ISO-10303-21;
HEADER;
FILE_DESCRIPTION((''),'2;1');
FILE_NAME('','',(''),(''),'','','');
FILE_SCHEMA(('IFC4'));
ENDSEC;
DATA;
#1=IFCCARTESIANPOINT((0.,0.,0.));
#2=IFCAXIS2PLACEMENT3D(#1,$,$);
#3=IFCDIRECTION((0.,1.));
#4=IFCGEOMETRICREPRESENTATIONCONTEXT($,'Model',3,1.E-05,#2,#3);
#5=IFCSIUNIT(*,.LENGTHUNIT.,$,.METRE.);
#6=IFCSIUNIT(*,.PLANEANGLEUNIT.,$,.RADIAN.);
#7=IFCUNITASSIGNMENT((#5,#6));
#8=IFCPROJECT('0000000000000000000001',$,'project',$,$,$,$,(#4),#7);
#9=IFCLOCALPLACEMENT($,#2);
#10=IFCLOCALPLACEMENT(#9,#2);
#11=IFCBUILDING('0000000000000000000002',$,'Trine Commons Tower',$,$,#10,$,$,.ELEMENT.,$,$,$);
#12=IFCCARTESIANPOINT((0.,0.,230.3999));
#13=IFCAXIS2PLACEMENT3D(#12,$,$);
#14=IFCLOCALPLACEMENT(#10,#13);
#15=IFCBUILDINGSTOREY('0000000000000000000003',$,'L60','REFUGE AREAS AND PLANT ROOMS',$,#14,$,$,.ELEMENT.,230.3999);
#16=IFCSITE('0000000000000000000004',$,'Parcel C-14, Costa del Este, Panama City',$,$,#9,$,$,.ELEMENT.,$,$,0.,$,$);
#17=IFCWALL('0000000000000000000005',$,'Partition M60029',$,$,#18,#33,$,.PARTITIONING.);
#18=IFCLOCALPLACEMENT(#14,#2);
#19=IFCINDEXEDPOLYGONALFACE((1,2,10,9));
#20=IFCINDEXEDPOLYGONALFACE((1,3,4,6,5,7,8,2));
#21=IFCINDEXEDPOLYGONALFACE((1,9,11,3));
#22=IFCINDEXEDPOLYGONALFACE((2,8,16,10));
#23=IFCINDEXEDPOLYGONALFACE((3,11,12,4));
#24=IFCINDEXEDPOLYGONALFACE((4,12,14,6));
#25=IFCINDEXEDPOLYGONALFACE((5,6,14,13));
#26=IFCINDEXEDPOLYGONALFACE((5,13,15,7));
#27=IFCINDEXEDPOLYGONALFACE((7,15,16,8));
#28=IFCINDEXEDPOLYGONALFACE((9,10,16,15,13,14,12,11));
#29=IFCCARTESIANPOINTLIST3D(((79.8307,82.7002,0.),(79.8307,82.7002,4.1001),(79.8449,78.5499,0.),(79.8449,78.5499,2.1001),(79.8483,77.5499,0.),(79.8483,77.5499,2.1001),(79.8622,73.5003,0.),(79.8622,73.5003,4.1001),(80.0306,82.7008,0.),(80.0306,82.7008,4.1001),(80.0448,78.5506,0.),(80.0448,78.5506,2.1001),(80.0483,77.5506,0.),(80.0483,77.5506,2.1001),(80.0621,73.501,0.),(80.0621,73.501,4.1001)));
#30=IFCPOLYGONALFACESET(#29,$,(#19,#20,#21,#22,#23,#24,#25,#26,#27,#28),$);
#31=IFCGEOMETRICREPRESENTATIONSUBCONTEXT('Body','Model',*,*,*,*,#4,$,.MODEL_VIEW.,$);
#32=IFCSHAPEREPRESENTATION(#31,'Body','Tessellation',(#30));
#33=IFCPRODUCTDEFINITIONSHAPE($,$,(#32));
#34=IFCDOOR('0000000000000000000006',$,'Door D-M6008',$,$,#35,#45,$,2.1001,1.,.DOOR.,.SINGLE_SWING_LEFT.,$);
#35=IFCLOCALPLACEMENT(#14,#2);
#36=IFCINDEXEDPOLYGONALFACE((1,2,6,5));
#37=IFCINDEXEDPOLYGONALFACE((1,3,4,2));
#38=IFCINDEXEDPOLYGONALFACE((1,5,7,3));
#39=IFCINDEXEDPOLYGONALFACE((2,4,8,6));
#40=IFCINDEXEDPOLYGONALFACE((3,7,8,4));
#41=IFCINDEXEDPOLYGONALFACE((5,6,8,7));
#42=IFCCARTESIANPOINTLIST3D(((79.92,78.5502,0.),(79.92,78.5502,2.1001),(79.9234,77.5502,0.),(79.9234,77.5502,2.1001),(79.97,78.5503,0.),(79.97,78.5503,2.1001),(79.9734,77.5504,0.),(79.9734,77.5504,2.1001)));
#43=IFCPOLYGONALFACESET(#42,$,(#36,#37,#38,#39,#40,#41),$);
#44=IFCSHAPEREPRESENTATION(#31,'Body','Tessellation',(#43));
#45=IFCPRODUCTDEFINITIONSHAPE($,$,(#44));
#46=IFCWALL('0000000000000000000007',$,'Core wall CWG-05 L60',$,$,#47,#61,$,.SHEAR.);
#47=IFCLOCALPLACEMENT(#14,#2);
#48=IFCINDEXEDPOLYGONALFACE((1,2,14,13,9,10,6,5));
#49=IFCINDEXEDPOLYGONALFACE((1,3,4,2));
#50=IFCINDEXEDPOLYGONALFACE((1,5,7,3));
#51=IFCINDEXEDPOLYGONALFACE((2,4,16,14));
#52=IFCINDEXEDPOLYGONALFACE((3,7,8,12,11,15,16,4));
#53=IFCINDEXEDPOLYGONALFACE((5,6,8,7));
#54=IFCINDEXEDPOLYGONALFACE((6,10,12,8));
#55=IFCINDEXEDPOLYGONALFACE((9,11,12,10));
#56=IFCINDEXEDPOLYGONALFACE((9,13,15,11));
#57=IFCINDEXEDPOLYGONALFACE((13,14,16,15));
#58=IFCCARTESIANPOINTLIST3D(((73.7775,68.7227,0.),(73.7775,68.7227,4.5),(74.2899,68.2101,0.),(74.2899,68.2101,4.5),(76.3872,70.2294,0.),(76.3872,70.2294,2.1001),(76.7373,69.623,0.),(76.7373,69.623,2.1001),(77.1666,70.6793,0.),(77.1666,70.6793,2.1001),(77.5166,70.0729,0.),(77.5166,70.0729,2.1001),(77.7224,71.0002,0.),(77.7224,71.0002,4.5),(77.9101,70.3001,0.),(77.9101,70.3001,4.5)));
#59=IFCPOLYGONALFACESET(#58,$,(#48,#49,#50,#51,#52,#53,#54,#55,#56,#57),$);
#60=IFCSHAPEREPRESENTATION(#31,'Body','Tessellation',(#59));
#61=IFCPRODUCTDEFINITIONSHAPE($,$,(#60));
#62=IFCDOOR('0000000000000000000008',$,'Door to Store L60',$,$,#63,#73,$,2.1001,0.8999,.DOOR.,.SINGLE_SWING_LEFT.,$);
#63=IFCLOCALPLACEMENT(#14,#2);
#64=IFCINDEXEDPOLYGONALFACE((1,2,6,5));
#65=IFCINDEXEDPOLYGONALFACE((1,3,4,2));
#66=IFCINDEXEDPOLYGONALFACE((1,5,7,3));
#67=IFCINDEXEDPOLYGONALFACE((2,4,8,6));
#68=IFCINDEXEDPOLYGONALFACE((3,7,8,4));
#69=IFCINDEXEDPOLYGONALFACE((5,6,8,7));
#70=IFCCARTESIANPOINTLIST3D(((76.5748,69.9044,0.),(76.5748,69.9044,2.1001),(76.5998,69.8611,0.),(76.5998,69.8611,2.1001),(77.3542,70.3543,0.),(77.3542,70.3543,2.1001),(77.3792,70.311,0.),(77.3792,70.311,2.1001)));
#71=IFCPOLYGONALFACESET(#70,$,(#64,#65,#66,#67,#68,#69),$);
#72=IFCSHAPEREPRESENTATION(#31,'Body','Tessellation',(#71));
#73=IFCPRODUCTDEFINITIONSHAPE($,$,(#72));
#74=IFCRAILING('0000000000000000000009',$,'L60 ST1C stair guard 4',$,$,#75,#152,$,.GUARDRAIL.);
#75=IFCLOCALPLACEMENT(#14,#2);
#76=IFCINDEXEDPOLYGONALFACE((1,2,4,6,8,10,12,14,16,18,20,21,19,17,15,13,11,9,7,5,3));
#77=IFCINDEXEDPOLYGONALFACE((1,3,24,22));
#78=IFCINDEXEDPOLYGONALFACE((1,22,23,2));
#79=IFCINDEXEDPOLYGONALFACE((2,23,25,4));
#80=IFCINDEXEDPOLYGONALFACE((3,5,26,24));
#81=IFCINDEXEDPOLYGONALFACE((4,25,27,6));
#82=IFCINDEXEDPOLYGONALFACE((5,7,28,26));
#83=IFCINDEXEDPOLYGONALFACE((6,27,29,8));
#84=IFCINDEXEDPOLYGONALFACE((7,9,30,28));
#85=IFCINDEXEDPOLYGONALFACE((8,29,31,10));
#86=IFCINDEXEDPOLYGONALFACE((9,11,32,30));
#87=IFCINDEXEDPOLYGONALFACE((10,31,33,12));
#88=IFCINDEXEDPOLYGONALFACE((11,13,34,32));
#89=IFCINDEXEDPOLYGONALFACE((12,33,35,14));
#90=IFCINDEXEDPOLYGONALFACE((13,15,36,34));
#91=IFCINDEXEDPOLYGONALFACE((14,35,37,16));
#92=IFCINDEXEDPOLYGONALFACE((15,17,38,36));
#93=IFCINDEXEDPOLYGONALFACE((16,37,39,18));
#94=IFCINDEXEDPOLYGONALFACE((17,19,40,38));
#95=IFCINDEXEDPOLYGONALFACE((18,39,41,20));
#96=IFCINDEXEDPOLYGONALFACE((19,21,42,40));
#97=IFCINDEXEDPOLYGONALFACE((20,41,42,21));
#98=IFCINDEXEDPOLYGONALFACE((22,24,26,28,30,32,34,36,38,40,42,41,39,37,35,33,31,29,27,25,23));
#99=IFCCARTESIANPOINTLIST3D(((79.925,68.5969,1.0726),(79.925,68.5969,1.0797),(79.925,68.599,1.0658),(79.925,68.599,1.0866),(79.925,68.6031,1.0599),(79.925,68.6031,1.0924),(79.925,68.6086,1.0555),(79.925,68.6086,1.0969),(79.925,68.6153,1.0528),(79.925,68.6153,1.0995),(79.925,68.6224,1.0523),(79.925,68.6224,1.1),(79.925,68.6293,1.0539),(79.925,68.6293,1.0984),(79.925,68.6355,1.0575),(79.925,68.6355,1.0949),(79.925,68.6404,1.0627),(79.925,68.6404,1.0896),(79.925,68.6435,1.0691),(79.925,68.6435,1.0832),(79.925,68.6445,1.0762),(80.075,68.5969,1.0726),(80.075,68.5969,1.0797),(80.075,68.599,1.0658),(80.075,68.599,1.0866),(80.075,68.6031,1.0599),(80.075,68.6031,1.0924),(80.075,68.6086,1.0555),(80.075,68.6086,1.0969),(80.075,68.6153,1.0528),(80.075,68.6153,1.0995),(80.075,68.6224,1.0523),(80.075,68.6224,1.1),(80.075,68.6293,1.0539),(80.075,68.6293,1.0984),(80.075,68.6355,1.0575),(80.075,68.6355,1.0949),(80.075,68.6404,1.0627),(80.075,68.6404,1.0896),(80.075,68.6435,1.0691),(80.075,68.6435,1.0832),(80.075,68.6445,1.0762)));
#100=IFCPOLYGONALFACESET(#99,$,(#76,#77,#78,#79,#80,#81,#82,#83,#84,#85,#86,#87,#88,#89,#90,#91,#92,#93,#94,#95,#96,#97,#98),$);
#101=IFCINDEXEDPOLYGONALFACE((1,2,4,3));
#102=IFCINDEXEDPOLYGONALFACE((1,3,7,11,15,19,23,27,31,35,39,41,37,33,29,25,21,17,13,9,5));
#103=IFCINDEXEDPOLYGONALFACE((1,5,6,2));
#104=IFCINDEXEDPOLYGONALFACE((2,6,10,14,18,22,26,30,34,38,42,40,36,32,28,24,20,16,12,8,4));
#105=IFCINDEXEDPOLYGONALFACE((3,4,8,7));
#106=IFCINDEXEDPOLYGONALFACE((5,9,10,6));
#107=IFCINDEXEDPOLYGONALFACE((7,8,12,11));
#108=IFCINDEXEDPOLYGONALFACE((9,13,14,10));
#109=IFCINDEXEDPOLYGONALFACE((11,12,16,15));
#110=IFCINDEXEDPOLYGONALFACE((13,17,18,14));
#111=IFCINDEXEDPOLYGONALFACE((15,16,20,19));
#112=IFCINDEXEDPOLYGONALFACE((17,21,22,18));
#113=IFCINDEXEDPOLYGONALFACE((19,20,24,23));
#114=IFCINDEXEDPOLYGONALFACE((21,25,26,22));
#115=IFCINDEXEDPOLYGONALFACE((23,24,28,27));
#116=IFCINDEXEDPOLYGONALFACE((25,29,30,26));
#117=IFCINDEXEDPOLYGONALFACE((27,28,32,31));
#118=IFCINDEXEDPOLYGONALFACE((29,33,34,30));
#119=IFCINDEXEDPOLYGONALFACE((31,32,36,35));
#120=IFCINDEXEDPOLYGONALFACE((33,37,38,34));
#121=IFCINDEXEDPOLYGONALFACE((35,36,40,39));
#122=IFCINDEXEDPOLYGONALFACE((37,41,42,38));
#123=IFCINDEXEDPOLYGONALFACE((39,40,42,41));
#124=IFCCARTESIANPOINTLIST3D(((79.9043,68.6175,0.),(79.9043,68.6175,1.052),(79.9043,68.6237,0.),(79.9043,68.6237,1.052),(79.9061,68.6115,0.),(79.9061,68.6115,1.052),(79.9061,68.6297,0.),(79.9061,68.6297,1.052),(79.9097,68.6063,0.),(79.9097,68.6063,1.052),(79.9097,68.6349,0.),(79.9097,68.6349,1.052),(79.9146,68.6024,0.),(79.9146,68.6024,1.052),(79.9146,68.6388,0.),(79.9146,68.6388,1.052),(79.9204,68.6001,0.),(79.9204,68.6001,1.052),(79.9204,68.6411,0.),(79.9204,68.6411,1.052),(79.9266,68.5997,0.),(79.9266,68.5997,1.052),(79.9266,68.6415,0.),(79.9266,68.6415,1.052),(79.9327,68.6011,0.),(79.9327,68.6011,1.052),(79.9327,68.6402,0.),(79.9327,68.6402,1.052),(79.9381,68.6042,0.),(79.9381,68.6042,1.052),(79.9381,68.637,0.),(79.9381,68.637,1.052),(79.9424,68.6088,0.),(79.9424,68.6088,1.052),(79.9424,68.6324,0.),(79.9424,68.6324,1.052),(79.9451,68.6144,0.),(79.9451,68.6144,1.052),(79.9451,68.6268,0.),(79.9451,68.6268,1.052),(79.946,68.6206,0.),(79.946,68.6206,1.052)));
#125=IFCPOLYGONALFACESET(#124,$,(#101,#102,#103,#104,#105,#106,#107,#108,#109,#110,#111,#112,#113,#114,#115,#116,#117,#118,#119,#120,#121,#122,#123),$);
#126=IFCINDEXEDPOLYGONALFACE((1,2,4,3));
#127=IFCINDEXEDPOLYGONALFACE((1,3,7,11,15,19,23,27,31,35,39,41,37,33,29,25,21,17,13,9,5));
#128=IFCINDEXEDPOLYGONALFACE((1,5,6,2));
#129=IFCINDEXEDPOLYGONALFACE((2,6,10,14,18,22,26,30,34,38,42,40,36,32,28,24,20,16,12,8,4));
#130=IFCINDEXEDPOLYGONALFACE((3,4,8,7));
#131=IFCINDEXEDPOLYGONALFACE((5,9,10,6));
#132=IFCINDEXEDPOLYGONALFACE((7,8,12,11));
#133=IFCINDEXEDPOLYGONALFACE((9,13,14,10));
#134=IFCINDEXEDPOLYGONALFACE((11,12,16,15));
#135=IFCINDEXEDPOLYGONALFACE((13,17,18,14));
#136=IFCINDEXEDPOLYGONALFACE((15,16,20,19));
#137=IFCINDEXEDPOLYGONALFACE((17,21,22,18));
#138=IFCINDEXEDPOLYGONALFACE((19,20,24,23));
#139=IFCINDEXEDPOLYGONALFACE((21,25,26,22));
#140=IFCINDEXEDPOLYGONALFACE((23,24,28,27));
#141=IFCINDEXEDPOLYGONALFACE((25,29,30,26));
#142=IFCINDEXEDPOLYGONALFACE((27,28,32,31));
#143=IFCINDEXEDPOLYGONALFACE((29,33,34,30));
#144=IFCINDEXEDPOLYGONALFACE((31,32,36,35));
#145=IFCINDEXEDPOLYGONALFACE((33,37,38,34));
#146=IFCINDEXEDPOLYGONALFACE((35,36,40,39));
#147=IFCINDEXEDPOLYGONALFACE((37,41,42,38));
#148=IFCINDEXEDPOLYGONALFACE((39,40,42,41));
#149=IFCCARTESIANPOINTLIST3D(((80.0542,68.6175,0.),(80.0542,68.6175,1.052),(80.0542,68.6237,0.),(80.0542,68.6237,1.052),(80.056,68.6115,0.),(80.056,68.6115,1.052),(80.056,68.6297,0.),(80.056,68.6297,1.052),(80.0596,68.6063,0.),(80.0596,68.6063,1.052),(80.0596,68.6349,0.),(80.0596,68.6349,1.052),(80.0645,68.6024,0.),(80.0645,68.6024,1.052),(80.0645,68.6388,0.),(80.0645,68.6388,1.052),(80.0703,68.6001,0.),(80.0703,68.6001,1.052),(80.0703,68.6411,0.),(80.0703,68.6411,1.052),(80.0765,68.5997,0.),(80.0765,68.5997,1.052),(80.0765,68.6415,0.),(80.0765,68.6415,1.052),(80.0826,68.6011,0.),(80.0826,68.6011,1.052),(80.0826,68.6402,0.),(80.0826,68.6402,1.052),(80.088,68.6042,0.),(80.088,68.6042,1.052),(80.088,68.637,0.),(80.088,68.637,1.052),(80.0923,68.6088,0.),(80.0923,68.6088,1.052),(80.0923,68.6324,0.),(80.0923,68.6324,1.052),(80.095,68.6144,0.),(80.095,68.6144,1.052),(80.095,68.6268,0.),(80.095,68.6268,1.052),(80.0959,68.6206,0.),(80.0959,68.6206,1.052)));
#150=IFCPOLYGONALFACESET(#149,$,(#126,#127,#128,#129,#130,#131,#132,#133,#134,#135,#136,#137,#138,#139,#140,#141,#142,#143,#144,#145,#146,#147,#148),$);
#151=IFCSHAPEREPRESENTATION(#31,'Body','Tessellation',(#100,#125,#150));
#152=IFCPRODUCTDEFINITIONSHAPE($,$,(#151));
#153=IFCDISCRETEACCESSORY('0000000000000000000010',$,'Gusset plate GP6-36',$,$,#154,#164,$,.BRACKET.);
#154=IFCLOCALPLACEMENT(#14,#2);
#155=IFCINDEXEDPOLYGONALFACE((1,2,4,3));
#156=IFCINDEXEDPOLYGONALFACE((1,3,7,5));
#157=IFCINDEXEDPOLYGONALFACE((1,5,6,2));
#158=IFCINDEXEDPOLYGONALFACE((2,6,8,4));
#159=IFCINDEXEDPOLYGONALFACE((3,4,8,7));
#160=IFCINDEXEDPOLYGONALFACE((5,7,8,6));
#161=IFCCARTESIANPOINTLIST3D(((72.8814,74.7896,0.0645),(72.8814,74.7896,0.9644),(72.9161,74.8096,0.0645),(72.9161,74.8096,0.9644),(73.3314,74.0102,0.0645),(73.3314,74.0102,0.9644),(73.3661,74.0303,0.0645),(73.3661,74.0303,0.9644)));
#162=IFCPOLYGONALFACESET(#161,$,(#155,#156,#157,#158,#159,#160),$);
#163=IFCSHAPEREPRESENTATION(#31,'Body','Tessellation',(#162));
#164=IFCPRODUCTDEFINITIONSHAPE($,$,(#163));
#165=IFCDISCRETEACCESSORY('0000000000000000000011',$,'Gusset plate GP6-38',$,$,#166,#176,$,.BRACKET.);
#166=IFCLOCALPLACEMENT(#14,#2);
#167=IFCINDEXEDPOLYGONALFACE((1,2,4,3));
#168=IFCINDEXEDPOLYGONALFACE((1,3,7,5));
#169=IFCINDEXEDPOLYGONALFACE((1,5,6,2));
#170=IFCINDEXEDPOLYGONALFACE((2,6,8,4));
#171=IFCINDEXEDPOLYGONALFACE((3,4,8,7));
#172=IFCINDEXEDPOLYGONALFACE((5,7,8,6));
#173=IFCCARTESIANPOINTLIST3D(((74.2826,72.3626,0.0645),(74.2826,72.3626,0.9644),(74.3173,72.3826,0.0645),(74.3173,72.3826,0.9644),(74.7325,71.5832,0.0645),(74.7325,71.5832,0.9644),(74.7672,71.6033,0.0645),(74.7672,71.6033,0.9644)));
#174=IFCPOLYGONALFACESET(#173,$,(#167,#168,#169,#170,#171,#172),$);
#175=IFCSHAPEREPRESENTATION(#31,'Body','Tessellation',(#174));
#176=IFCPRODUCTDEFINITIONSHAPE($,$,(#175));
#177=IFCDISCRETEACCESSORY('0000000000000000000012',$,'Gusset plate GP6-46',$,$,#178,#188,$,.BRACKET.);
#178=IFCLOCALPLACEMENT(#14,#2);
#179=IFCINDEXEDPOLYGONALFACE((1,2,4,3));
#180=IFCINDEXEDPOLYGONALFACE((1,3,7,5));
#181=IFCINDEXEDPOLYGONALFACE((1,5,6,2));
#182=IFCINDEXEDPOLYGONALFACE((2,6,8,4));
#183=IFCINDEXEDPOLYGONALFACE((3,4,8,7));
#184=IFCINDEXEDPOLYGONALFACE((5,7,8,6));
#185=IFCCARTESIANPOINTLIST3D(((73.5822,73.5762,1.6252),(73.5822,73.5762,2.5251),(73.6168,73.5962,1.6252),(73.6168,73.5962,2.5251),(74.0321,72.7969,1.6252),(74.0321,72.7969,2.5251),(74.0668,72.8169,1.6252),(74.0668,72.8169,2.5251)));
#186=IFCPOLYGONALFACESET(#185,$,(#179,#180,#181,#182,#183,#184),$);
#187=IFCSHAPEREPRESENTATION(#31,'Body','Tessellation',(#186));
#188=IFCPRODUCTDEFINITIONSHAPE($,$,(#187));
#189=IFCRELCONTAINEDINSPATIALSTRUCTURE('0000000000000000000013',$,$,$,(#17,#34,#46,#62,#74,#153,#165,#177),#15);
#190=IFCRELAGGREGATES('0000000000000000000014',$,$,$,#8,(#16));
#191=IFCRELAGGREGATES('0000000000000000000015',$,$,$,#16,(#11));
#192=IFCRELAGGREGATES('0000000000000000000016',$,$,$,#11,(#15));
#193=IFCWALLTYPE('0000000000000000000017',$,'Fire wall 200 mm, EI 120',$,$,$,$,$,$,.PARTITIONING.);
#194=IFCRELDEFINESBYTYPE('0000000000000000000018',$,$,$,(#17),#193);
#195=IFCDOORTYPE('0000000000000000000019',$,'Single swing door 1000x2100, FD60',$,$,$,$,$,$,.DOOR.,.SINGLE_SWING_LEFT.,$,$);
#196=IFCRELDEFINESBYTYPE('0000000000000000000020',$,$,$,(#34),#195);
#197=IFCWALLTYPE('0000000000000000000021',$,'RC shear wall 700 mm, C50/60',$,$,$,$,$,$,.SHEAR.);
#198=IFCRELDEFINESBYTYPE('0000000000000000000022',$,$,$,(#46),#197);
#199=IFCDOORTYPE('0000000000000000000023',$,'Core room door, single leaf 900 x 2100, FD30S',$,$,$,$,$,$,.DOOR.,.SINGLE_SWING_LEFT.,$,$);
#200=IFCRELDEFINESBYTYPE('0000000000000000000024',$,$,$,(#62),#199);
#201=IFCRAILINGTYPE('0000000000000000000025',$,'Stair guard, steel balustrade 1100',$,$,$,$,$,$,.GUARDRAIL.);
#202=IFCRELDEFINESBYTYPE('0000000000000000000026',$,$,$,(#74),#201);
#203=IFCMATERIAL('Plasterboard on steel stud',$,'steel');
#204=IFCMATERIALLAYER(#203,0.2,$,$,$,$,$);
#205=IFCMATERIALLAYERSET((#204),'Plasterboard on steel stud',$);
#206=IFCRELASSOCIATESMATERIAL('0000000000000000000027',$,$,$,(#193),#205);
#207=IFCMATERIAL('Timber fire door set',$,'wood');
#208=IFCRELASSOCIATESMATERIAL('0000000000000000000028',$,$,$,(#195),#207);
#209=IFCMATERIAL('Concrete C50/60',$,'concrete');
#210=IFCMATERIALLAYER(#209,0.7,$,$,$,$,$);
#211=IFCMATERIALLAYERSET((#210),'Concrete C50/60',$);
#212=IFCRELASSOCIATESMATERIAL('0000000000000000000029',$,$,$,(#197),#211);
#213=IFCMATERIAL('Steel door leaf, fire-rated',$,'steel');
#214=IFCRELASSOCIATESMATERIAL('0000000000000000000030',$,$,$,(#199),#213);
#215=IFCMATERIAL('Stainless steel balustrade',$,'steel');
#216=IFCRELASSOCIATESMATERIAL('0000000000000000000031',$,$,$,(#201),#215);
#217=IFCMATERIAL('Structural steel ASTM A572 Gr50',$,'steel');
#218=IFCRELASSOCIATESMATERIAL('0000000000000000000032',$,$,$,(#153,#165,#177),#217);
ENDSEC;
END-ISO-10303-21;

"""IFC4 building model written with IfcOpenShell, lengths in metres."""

from ifc_helpers import new_model, si_unit, direction, frame, frame_2d, origin, origin_2d, place, context, subcontext, project, spatial, polyline, rectangle, circle, outline, extrude, material, layer, layer_set, type_object, element, fill, save


model = new_model("IFC4")

# Units and contexts
model_context = context("Model", 3, precision=1e-05, world=origin(), true_north=direction((0.0, 1.0)))
body_context = subcontext(model_context, "Body", "Model", "MODEL_VIEW")
ifc_project = project(units=[si_unit("LENGTHUNIT", "METRE"), si_unit("PLANEANGLEUNIT", "RADIAN")], contexts=[model_context])

# Site, building, storey
site_placement = place(None, origin())
site = spatial("IfcSite", under=ifc_project, at=site_placement, Name="Parcel C-14, Costa del Este, Panama City", CompositionType="ELEMENT", RefElevation=0.0)
building_placement = place(site_placement, origin())
building = spatial("IfcBuilding", under=site, at=building_placement, Name="Trine Commons Tower", CompositionType="ELEMENT")
storey_placement = place(building_placement, frame((0.0, 0.0, 230.3999)))
storey = spatial("IfcBuildingStorey", under=building, at=storey_placement, Name="L60", Description="REFUGE AREAS AND PLANT ROOMS", CompositionType="ELEMENT", Elevation=230.3999)

# Shared definitions
ifc_material_1 = material(Name="Plasterboard on steel stud", Category="steel")
ifc_layer_1 = layer(ifc_material_1, 0.2)
ifc_layer_set_1 = layer_set([ifc_layer_1], Name="Plasterboard on steel stud")
wall_type_1 = type_object("IfcWallType", Name="Fire wall 200 mm, EI 120", PredefinedType="PARTITIONING", material=ifc_layer_set_1)
ifc_material_2 = material(Name="Timber fire door set", Category="wood")

# Walls, openings, doors
wall_1_placement = place(storey_placement, frame((79.9622, 73.5005, 0.0), z_axis=(0.0, 0.0, 1.0), x_axis=(-0.003423, 0.999994, 0.0)))
wall_1 = element("IfcWall", 1, at=wall_1_placement, inside=storey, type_object=wall_type_1, Name="Partition M60029", PredefinedType="PARTITIONING", context=body_context, shape_type="SweptSolid", body=[
    extrude(rectangle(XDim=9.2, YDim=0.2, at=frame_2d((4.6001, 0.0))), origin(), (0.0, 0.0, 1.0), 4.1001),
])
opening_1_placement = place(wall_1_placement, frame((4.0498, 0.0, 0.0)))
opening_1 = element("IfcOpeningElement", 2, at=opening_1_placement, cuts=wall_1, PredefinedType="OPENING", context=body_context, shape_type="SweptSolid", body=[
    extrude(rectangle(XDim=1.0, YDim=2.1001, at=frame_2d((0.5, 1.05))), frame((0.0, 0.1099, 0.0), z_axis=(0.0, -1.0, 0.0), x_axis=(1.0, 0.0, 0.0)), (0.0, 0.0, 1.0), 0.22),
])
door_type_1 = type_object("IfcDoorType", Name="Single swing door 1000x2100, FD60", OperationType="SINGLE_SWING_LEFT", PredefinedType="DOOR", material=ifc_material_2)
door_1_placement = place(opening_1_placement, origin())
door_1 = element("IfcDoor", 3, at=door_1_placement, inside=storey, type_object=door_type_1, Name="Door D-M6008", OperationType="SINGLE_SWING_LEFT", OverallHeight=2.1001, OverallWidth=1.0, PredefinedType="DOOR", context=body_context, shape_type="SweptSolid", body=[
    extrude(rectangle(XDim=1.0, YDim=2.1001, at=frame_2d((0.5, 1.05))), frame((0.0, 0.0249, 0.0), z_axis=(0.0, -1.0, 0.0), x_axis=(1.0, 0.0, 0.0)), (0.0, 0.0, 1.0), 0.05),
])
fill(opening_1, door_1)
ifc_material_3 = material(Name="Concrete C50/60", Category="concrete")
ifc_layer_2 = layer(ifc_material_3, 0.7)
ifc_layer_set_2 = layer_set([ifc_layer_2], Name="Concrete C50/60")
wall_type_2 = type_object("IfcWallType", Name="RC shear wall 700 mm, C50/60", PredefinedType="SHEAR", material=ifc_layer_set_2)
wall_2_placement = place(storey_placement, frame((77.8975, 70.697, 0.0), z_axis=(0.0, 0.0, 1.0), x_axis=(-0.866035, -0.499984, 0.0)))
wall_2 = element("IfcWall", 4, at=wall_2_placement, inside=storey, type_object=wall_type_2, Name="Core wall CWG-05 L60", PredefinedType="SHEAR", context=body_context, shape_type="SweptSolid", body=[
    extrude(outline(polyline([(0.0, -0.3501), (4.5552, -0.3501), (4.3677, 0.3501), (0.1875, 0.3501), (0.0, -0.3501)])), origin(), (0.0, 0.0, 1.0), 4.5),
])
opening_2_placement = place(wall_2_placement, frame((0.6418, 0.0, 0.0)))
opening_2 = element("IfcOpeningElement", 5, at=opening_2_placement, cuts=wall_2, PredefinedType="OPENING", context=body_context, shape_type="SweptSolid", body=[
    extrude(rectangle(XDim=0.8999, YDim=2.1001, at=frame_2d((0.45, 1.05))), frame((0.0, 0.3599, 0.0), z_axis=(0.0, -1.0, 0.0), x_axis=(1.0, 0.0, 0.0)), (0.0, 0.0, 1.0), 0.72),
])
ifc_material_4 = material(Name="Steel door leaf, fire-rated", Category="steel")
door_type_2 = type_object("IfcDoorType", Name="Core room door, single leaf 900 x 2100, FD30S", OperationType="SINGLE_SWING_LEFT", PredefinedType="DOOR", material=ifc_material_4)
door_2_placement = place(opening_2_placement, origin())
door_2 = element("IfcDoor", 6, at=door_2_placement, inside=storey, type_object=door_type_2, Name="Door to Store L60", OperationType="SINGLE_SWING_LEFT", OverallHeight=2.1001, OverallWidth=0.8999, PredefinedType="DOOR", context=body_context, shape_type="SweptSolid", body=[
    extrude(rectangle(XDim=0.8999, YDim=2.1001, at=frame_2d((0.45, 1.05))), frame((0.0, 0.0752, 0.0), z_axis=(0.0, -1.0, 0.0), x_axis=(1.0, 0.0, 0.0)), (0.0, 0.0, 1.0), 0.05),
])
fill(opening_2, door_2)

# Railing
ifc_material_5 = material(Name="Stainless steel balustrade", Category="steel")
railing_type = type_object("IfcRailingType", Name="Stair guard, steel balustrade 1100", PredefinedType="GUARDRAIL", material=ifc_material_5)
railing_placement = place(storey_placement, frame((79.925, 68.6206, 0.0)))
element("IfcRailing", 7, at=railing_placement, inside=storey, type_object=railing_type, Name="L60 ST1C stair guard 4", PredefinedType="GUARDRAIL", context=body_context, shape_type="SweptSolid", body=[
    extrude(circle(Radius=0.0239, at=origin_2d()), frame((0.0, 0.0, 1.0762), z_axis=(1.0, 0.0, 0.0), x_axis=(0.0, 1.0, 0.0)), (0.0, 0.0, 1.0), 0.1499),
    extrude(circle(Radius=0.021, at=origin_2d()), origin(), (0.0, 0.0, 1.0), 1.052),
    extrude(circle(Radius=0.021, at=origin_2d()), frame((0.1499, 0.0, 0.0)), (0.0, 0.0, 1.0), 1.052),
])

# Discrete accessories
ifc_material_6 = material(Name="Structural steel ASTM A572 Gr50", Category="steel")
for number, where, z_axis, x_axis, name in (
    (8, (73.1238, 74.4099, 0.0645), (0.0, 0.0, 1.0), (-0.500045, 0.865999, 0.0), "Gusset plate GP6-36"),
    (9, (74.5249, 71.9829, 0.0645), (0.0, 0.0, 1.0), (-0.5, 0.866025, 0.0), "Gusset plate GP6-38"),
    (10, (73.8245, 73.1965, 1.6252), (0.0, 0.0, 1.0), (-0.499985, 0.866034, 0.0), "Gusset plate GP6-46"),
):
    element("IfcDiscreteAccessory", number, at=place(storey_placement, frame(where, z_axis=z_axis, x_axis=x_axis)), inside=storey, material=ifc_material_6, Name=name, PredefinedType="BRACKET", context=body_context, shape_type="SweptSolid", body=[
        extrude(rectangle(XDim=0.8999, YDim=0.04, at=origin_2d()), origin(), (0.0, 0.0, 1.0), 0.8999),
    ])

save(model, "model.ifc")
